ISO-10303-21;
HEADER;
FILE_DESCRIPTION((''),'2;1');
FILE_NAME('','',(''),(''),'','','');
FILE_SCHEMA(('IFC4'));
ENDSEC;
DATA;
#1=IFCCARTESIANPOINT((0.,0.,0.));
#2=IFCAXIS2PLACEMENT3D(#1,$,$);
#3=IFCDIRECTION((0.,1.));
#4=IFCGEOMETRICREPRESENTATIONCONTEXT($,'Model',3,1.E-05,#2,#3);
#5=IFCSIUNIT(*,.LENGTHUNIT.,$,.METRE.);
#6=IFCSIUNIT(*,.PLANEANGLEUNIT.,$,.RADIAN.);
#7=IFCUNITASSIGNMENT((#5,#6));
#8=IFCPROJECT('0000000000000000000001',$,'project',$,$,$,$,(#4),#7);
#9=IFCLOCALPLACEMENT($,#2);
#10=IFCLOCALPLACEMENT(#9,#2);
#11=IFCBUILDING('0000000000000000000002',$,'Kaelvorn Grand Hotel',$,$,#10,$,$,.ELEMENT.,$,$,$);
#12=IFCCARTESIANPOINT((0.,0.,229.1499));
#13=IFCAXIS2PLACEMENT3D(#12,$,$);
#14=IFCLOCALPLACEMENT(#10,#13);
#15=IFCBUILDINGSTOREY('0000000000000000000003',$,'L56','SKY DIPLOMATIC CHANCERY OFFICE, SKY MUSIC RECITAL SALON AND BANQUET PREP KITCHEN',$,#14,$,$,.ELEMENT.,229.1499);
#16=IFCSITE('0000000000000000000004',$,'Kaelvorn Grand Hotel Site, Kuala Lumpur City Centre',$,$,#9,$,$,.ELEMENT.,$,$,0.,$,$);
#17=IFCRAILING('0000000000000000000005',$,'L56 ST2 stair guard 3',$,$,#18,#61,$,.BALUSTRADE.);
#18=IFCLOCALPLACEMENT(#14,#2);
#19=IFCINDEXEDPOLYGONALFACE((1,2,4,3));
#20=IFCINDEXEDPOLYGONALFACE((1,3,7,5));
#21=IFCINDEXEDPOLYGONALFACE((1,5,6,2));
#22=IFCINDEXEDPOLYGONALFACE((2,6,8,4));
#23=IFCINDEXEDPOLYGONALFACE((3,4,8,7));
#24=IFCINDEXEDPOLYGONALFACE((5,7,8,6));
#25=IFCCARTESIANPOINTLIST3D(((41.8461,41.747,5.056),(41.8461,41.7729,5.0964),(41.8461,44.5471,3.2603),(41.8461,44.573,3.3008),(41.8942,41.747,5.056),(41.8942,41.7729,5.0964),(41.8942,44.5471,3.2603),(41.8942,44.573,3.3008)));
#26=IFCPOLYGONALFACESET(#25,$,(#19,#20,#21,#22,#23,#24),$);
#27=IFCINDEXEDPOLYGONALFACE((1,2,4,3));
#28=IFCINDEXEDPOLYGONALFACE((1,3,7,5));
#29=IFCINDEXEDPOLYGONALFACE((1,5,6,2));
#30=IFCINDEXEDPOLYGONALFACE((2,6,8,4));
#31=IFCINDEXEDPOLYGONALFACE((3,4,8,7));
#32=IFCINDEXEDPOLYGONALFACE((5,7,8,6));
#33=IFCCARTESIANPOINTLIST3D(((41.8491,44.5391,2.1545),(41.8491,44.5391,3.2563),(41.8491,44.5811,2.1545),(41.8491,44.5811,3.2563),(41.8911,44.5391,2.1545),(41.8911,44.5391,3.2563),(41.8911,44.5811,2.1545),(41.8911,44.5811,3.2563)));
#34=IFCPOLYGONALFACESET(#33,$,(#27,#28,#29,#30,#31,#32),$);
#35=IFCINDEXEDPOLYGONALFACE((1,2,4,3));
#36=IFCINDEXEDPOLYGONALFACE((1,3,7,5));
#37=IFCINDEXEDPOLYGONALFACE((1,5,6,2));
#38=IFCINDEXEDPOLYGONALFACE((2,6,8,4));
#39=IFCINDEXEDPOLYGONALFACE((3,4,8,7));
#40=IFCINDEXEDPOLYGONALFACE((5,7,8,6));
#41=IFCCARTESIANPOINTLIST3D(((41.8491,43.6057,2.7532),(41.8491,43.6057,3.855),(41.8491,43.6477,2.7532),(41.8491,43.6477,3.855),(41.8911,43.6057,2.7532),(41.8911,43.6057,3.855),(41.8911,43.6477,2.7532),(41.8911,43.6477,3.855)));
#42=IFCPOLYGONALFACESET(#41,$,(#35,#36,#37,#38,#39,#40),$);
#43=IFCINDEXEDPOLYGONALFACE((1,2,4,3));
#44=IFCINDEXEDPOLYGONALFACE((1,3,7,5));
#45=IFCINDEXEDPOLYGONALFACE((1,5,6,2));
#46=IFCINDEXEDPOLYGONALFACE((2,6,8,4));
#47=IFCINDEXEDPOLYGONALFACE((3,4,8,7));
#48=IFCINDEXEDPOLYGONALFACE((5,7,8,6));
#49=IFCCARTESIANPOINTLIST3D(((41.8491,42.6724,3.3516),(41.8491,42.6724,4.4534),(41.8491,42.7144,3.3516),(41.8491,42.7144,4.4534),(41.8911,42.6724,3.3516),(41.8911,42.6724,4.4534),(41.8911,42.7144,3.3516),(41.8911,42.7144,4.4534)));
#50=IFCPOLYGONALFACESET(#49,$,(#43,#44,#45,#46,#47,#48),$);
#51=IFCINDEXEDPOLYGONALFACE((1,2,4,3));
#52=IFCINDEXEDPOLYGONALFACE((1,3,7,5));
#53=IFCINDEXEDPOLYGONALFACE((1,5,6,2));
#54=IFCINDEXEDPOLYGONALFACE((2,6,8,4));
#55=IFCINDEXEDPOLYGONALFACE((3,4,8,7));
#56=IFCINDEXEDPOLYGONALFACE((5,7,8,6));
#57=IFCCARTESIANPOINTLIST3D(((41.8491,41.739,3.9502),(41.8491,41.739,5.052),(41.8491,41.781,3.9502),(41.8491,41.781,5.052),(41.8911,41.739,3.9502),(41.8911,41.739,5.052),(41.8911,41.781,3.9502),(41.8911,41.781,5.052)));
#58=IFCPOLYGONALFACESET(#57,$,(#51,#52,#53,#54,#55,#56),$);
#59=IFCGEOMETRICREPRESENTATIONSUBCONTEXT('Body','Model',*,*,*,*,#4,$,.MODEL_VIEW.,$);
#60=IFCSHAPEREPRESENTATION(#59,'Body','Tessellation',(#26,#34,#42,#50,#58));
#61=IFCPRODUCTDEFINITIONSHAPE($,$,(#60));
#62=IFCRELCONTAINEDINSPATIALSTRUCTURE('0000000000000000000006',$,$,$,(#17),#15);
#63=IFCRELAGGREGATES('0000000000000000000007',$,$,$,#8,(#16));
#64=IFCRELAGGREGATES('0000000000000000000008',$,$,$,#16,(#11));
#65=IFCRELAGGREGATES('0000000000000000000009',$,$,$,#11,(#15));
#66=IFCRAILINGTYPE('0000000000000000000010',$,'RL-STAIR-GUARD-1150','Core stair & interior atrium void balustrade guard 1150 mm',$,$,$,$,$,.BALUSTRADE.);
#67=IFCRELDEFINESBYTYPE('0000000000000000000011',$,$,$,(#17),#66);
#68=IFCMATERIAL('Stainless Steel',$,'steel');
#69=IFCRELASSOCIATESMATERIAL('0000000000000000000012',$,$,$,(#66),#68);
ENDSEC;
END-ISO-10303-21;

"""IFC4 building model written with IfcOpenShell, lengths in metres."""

from ifc_helpers import new_model, si_unit, direction, frame, origin, origin_2d, place, context, subcontext, project, spatial, rectangle, extrude, material, type_object, element, save


model = new_model("IFC4")

# Units and contexts
model_context = context("Model", 3, precision=1e-05, world=origin(), true_north=direction((0.0, 1.0)))
body_context = subcontext(model_context, "Body", "Model", "MODEL_VIEW")
ifc_project = project(units=[si_unit("LENGTHUNIT", "METRE"), si_unit("PLANEANGLEUNIT", "RADIAN")], contexts=[model_context])

# Site, building, storey
site_placement = place(None, origin())
site = spatial("IfcSite", under=ifc_project, at=site_placement, Name="Kaelvorn Grand Hotel Site, Kuala Lumpur City Centre", CompositionType="ELEMENT", RefElevation=0.0)
building_placement = place(site_placement, origin())
building = spatial("IfcBuilding", under=site, at=building_placement, Name="Kaelvorn Grand Hotel", CompositionType="ELEMENT")
storey_placement = place(building_placement, frame((0.0, 0.0, 229.1499)))
storey = spatial("IfcBuildingStorey", under=building, at=storey_placement, Name="L56", Description="SKY DIPLOMATIC CHANCERY OFFICE, SKY MUSIC RECITAL SALON AND BANQUET PREP KITCHEN", CompositionType="ELEMENT", Elevation=229.1499)

# Railing
ifc_material_1 = material(Name="Stainless Steel", Category="steel")
railing_type_1 = type_object("IfcRailingType", Name="RL-STAIR-GUARD-1150", Description="Core stair & interior atrium void balustrade guard 1150 mm", PredefinedType="BALUSTRADE", material=ifc_material_1)
railing_1_placement = place(storey_placement, frame((41.8701, 44.5601, 2.1545)))
element("IfcRailing", 1, at=railing_1_placement, inside=storey, type_object=railing_type_1, Name="L56 ST2 stair guard 3", PredefinedType="BALUSTRADE", context=body_context, shape_type="SweptSolid", body=[
    extrude(rectangle(XDim=0.0481, YDim=0.0481, at=origin_2d()), frame((0.0, 0.0, 1.126), z_axis=(0.0, -0.841777, 0.539826), x_axis=(1.0, 0.0, 0.0)), (0.0, 0.0, 1.0), 3.3264),
    extrude(rectangle(XDim=0.042, YDim=0.042, at=origin_2d()), origin(), (0.0, 0.0, 1.0), 1.1018),
    extrude(rectangle(XDim=0.042, YDim=0.042, at=origin_2d()), frame((0.0, -0.9333, 0.5986)), (0.0, 0.0, 1.0), 1.1018),
    extrude(rectangle(XDim=0.042, YDim=0.042, at=origin_2d()), frame((0.0, -1.8667, 1.197)), (0.0, 0.0, 1.0), 1.1018),
    extrude(rectangle(XDim=0.042, YDim=0.042, at=origin_2d()), frame((0.0, -2.8, 1.7957)), (0.0, 0.0, 1.0), 1.1018),
])

save(model, "model.ifc")
